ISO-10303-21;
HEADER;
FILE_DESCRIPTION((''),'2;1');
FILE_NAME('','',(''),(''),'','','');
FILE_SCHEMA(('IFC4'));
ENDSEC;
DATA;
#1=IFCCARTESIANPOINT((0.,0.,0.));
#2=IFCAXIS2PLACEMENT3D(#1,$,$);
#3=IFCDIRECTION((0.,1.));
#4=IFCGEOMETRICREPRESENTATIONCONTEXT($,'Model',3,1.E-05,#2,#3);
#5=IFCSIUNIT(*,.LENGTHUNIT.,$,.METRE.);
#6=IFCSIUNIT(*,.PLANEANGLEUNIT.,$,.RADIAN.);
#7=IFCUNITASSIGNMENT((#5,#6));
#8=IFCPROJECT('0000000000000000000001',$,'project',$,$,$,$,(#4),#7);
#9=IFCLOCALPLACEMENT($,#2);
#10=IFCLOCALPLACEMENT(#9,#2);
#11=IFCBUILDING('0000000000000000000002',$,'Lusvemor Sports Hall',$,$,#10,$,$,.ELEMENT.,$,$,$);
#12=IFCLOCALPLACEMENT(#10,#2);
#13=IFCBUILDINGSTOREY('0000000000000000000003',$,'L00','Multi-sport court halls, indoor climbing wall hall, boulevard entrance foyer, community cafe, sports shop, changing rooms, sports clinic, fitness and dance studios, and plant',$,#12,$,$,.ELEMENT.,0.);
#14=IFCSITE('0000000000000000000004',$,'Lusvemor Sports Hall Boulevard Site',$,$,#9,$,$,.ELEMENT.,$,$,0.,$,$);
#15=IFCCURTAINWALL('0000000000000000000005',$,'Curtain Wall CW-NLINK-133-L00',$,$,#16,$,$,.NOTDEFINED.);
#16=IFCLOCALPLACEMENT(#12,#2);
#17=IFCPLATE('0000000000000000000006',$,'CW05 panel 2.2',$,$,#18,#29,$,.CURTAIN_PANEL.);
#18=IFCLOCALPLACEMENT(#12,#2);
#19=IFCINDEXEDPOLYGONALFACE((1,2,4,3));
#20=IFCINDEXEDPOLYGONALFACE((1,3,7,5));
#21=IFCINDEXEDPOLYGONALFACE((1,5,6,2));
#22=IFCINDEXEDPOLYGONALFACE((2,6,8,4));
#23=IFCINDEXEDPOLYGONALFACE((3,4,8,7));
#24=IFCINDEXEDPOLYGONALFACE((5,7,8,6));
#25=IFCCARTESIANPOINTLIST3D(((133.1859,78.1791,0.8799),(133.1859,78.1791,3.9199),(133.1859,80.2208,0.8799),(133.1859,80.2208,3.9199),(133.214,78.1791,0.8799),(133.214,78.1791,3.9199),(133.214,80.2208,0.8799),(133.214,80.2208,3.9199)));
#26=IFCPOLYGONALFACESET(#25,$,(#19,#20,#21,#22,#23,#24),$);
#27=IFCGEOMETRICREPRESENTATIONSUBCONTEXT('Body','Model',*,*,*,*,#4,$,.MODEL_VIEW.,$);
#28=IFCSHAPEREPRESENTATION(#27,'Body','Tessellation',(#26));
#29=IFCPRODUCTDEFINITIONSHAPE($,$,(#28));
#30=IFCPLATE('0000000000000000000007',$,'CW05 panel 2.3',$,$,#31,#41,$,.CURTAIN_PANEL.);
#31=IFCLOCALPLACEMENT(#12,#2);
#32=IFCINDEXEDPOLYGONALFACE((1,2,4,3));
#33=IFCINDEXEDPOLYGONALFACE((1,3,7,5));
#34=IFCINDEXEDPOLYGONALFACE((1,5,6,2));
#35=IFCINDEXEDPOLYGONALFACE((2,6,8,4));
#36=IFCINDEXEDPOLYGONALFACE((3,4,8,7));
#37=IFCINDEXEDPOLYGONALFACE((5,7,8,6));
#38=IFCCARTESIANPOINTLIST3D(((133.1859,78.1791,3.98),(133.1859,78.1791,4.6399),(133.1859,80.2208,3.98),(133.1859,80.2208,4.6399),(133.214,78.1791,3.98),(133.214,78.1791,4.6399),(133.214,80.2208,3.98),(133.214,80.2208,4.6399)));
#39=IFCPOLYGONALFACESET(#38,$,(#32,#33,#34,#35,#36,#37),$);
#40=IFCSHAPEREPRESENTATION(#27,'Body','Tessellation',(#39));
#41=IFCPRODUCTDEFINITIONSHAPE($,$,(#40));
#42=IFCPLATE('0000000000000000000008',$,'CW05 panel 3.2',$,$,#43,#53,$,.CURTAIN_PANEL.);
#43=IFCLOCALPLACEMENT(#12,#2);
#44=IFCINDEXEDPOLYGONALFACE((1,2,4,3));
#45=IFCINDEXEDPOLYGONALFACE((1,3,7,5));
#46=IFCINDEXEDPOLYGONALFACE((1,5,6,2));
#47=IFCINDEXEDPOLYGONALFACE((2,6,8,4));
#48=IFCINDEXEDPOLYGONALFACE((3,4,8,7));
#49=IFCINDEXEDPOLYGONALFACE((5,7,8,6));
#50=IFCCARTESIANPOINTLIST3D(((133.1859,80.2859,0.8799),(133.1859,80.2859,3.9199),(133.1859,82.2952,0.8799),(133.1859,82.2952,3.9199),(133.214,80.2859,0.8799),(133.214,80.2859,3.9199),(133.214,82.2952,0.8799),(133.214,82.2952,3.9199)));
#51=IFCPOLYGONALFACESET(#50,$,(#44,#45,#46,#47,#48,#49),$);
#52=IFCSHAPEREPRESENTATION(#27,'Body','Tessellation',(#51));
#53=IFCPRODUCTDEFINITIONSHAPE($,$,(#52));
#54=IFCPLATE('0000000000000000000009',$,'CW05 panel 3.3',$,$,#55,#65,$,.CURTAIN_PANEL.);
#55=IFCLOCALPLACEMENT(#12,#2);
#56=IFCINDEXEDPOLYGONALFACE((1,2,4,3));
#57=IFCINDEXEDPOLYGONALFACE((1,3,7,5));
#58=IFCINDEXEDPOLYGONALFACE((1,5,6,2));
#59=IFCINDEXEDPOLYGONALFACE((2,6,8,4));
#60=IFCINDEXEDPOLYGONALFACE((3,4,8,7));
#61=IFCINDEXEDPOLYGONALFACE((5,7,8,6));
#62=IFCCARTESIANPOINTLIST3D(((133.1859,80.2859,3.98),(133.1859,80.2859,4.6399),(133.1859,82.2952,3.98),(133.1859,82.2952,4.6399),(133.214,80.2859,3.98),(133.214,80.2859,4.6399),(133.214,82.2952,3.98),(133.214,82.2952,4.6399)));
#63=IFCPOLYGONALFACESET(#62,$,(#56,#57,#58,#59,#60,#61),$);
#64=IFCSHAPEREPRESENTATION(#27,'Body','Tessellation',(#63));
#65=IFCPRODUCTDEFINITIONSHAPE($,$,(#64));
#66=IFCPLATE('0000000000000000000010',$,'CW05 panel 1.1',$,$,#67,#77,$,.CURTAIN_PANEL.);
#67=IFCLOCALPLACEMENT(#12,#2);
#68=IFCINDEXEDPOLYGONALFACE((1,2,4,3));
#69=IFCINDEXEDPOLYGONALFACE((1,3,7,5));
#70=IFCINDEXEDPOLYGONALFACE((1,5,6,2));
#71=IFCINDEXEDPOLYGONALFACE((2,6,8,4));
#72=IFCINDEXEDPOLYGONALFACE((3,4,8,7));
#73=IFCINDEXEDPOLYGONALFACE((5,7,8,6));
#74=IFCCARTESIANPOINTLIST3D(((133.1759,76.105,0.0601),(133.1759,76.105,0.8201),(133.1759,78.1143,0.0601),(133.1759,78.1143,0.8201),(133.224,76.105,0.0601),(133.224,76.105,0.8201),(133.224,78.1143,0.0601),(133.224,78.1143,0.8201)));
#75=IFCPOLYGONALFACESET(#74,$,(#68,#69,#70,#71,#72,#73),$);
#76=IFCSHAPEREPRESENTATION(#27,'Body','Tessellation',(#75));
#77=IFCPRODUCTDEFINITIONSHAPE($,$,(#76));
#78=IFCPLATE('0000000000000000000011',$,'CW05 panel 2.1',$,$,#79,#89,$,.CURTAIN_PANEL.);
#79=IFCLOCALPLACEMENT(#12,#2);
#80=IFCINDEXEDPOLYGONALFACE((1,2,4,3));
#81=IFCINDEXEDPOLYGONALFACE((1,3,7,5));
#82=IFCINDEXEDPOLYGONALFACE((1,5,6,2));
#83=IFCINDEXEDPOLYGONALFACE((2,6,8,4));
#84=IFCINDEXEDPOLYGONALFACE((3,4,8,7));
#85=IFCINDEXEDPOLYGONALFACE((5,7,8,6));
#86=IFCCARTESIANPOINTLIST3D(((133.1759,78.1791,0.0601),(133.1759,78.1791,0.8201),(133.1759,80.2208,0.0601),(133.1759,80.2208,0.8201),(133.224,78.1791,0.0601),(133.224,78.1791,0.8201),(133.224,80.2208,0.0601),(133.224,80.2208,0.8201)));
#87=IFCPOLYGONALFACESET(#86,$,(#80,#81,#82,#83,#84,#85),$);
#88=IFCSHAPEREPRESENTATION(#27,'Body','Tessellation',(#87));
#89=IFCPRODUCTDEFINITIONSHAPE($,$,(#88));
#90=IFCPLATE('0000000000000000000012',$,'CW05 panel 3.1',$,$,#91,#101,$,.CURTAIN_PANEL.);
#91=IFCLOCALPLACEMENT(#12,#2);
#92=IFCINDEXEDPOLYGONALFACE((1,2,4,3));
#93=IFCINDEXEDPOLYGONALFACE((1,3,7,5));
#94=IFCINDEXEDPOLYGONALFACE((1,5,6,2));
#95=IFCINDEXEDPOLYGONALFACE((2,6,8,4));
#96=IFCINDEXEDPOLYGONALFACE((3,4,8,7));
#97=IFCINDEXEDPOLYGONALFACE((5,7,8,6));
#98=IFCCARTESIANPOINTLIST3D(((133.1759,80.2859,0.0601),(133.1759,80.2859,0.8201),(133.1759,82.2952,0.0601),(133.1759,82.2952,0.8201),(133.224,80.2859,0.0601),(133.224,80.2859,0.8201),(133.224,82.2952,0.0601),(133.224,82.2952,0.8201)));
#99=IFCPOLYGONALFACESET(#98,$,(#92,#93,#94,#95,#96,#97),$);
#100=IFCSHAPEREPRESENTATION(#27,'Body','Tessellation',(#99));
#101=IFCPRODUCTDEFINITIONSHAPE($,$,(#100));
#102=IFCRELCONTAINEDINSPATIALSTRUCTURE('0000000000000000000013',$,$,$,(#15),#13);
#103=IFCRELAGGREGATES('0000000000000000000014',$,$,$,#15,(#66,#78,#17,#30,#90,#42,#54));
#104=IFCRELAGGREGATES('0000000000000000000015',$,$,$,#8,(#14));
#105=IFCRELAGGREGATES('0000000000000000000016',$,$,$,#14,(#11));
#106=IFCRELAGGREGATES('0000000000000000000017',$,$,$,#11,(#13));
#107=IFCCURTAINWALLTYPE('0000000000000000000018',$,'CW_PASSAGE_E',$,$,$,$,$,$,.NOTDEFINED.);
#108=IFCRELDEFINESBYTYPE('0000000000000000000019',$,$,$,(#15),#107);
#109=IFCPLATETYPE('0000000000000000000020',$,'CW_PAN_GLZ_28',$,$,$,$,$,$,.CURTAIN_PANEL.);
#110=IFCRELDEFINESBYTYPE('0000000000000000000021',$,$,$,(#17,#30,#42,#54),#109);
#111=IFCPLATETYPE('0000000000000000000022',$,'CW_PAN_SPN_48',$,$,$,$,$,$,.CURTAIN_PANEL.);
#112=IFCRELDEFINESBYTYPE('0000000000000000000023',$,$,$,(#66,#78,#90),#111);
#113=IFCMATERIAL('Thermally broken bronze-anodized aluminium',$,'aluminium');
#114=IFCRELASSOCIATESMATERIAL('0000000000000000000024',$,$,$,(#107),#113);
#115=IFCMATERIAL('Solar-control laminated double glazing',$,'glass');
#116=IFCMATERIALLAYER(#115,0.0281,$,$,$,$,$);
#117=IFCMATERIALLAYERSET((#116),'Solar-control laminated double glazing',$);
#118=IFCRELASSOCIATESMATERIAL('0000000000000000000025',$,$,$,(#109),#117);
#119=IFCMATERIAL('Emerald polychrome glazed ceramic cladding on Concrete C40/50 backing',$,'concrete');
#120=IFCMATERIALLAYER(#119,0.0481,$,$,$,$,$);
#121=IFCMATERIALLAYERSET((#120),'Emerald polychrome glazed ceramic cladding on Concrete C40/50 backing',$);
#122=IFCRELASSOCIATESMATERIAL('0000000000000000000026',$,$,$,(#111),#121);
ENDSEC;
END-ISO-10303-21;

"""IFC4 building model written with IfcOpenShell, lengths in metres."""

from ifc_helpers import new_model, si_unit, direction, frame, origin, origin_2d, place, context, subcontext, project, spatial, rectangle, extrude, material, layer, layer_set, type_object, element, aggregate, save


model = new_model("IFC4")

# Units and contexts
model_context = context("Model", 3, precision=1e-05, world=origin(), true_north=direction((0.0, 1.0)))
body_context = subcontext(model_context, "Body", "Model", "MODEL_VIEW")
ifc_project = project(units=[si_unit("LENGTHUNIT", "METRE"), si_unit("PLANEANGLEUNIT", "RADIAN")], contexts=[model_context])

# Site, building, storey
site_placement = place(None, origin())
site = spatial("IfcSite", under=ifc_project, at=site_placement, Name="Lusvemor Sports Hall Boulevard Site", CompositionType="ELEMENT", RefElevation=0.0)
building_placement = place(site_placement, origin())
building = spatial("IfcBuilding", under=site, at=building_placement, Name="Lusvemor Sports Hall", CompositionType="ELEMENT")
storey_placement = place(building_placement, origin())
storey = spatial("IfcBuildingStorey", under=building, at=storey_placement, Name="L00", Description="Multi-sport court halls, indoor climbing wall hall, boulevard entrance foyer, community cafe, sports shop, changing rooms, sports clinic, fitness and dance studios, and plant", CompositionType="ELEMENT", Elevation=0.0)

# Curtain wall
ifc_material_1 = material(Name="Thermally broken bronze-anodized aluminium", Category="aluminium")
curtain_wall_type_1 = type_object("IfcCurtainWallType", Name="CW_PASSAGE_E", PredefinedType="NOTDEFINED", material=ifc_material_1)
curtain_wall_1_placement = place(storey_placement, origin())
curtain_wall_1 = element("IfcCurtainWall", 1, at=curtain_wall_1_placement, inside=storey, type_object=curtain_wall_type_1, Name="Curtain Wall CW-NLINK-133-L00", PredefinedType="NOTDEFINED")

# Plates
ifc_material_2 = material(Name="Solar-control laminated double glazing", Category="glass")
ifc_layer_1 = layer(ifc_material_2, 0.0281)
ifc_layer_set_1 = layer_set([ifc_layer_1], Name="Solar-control laminated double glazing")
plate_type_1 = type_object("IfcPlateType", Name="CW_PAN_GLZ_28", PredefinedType="CURTAIN_PANEL", material=ifc_layer_set_1)
plate_1_placement = place(storey_placement, frame((133.2, 79.2, 0.8799), z_axis=(0.0, 0.0, 1.0), x_axis=(0.0, 1.0, 0.0)))
plate_1 = element("IfcPlate", 2, at=plate_1_placement, type_object=plate_type_1, Name="CW05 panel 2.2", PredefinedType="CURTAIN_PANEL", context=body_context, shape_type="SweptSolid", body=[
    extrude(rectangle(XDim=2.0417, YDim=0.0281, at=origin_2d()), origin(), (0.0, 0.0, 1.0), 3.04),
])
plate_2_placement = place(storey_placement, frame((133.2, 79.2, 3.98), z_axis=(0.0, 0.0, 1.0), x_axis=(0.0, 1.0, 0.0)))
plate_2 = element("IfcPlate", 3, at=plate_2_placement, type_object=plate_type_1, Name="CW05 panel 2.3", PredefinedType="CURTAIN_PANEL", context=body_context, shape_type="SweptSolid", body=[
    extrude(rectangle(XDim=2.0417, YDim=0.0281, at=origin_2d()), origin(), (0.0, 0.0, 1.0), 0.6599),
])
plate_3_placement = place(storey_placement, frame((133.2, 81.2905, 0.8799), z_axis=(0.0, 0.0, 1.0), x_axis=(0.0, 1.0, 0.0)))
plate_3 = element("IfcPlate", 4, at=plate_3_placement, type_object=plate_type_1, Name="CW05 panel 3.2", PredefinedType="CURTAIN_PANEL", context=body_context, shape_type="SweptSolid", body=[
    extrude(rectangle(XDim=2.0093, YDim=0.0281, at=origin_2d()), origin(), (0.0, 0.0, 1.0), 3.04),
])
plate_4_placement = place(storey_placement, frame((133.2, 81.2905, 3.98), z_axis=(0.0, 0.0, 1.0), x_axis=(0.0, 1.0, 0.0)))
plate_4 = element("IfcPlate", 5, at=plate_4_placement, type_object=plate_type_1, Name="CW05 panel 3.3", PredefinedType="CURTAIN_PANEL", context=body_context, shape_type="SweptSolid", body=[
    extrude(rectangle(XDim=2.0093, YDim=0.0281, at=origin_2d()), origin(), (0.0, 0.0, 1.0), 0.6599),
])
ifc_material_3 = material(Name="Emerald polychrome glazed ceramic cladding on Concrete C40/50 backing", Category="concrete")
ifc_layer_2 = layer(ifc_material_3, 0.0481)
ifc_layer_set_2 = layer_set([ifc_layer_2], Name="Emerald polychrome glazed ceramic cladding on Concrete C40/50 backing")
plate_type_2 = type_object("IfcPlateType", Name="CW_PAN_SPN_48", PredefinedType="CURTAIN_PANEL", material=ifc_layer_set_2)
plate_5_placement = place(storey_placement, frame((133.2, 77.1096, 0.0601), z_axis=(0.0, 0.0, 1.0), x_axis=(0.0, 1.0, 0.0)))
plate_5 = element("IfcPlate", 6, at=plate_5_placement, type_object=plate_type_2, Name="CW05 panel 1.1", PredefinedType="CURTAIN_PANEL", context=body_context, shape_type="SweptSolid", body=[
    extrude(rectangle(XDim=2.0093, YDim=0.0481, at=origin_2d()), origin(), (0.0, 0.0, 1.0), 0.76),
])
plate_6_placement = place(storey_placement, frame((133.2, 79.2, 0.0601), z_axis=(0.0, 0.0, 1.0), x_axis=(0.0, 1.0, 0.0)))
plate_6 = element("IfcPlate", 7, at=plate_6_placement, type_object=plate_type_2, Name="CW05 panel 2.1", PredefinedType="CURTAIN_PANEL", context=body_context, shape_type="SweptSolid", body=[
    extrude(rectangle(XDim=2.0417, YDim=0.0481, at=origin_2d()), origin(), (0.0, 0.0, 1.0), 0.76),
])
plate_7_placement = place(storey_placement, frame((133.2, 81.2905, 0.0601), z_axis=(0.0, 0.0, 1.0), x_axis=(0.0, 1.0, 0.0)))
plate_7 = element("IfcPlate", 8, at=plate_7_placement, type_object=plate_type_2, Name="CW05 panel 3.1", PredefinedType="CURTAIN_PANEL", context=body_context, shape_type="SweptSolid", body=[
    extrude(rectangle(XDim=2.0093, YDim=0.0481, at=origin_2d()), origin(), (0.0, 0.0, 1.0), 0.76),
])
aggregate(curtain_wall_1, [plate_5, plate_6, plate_1, plate_2, plate_7, plate_3, plate_4])

save(model, "model.ifc")
